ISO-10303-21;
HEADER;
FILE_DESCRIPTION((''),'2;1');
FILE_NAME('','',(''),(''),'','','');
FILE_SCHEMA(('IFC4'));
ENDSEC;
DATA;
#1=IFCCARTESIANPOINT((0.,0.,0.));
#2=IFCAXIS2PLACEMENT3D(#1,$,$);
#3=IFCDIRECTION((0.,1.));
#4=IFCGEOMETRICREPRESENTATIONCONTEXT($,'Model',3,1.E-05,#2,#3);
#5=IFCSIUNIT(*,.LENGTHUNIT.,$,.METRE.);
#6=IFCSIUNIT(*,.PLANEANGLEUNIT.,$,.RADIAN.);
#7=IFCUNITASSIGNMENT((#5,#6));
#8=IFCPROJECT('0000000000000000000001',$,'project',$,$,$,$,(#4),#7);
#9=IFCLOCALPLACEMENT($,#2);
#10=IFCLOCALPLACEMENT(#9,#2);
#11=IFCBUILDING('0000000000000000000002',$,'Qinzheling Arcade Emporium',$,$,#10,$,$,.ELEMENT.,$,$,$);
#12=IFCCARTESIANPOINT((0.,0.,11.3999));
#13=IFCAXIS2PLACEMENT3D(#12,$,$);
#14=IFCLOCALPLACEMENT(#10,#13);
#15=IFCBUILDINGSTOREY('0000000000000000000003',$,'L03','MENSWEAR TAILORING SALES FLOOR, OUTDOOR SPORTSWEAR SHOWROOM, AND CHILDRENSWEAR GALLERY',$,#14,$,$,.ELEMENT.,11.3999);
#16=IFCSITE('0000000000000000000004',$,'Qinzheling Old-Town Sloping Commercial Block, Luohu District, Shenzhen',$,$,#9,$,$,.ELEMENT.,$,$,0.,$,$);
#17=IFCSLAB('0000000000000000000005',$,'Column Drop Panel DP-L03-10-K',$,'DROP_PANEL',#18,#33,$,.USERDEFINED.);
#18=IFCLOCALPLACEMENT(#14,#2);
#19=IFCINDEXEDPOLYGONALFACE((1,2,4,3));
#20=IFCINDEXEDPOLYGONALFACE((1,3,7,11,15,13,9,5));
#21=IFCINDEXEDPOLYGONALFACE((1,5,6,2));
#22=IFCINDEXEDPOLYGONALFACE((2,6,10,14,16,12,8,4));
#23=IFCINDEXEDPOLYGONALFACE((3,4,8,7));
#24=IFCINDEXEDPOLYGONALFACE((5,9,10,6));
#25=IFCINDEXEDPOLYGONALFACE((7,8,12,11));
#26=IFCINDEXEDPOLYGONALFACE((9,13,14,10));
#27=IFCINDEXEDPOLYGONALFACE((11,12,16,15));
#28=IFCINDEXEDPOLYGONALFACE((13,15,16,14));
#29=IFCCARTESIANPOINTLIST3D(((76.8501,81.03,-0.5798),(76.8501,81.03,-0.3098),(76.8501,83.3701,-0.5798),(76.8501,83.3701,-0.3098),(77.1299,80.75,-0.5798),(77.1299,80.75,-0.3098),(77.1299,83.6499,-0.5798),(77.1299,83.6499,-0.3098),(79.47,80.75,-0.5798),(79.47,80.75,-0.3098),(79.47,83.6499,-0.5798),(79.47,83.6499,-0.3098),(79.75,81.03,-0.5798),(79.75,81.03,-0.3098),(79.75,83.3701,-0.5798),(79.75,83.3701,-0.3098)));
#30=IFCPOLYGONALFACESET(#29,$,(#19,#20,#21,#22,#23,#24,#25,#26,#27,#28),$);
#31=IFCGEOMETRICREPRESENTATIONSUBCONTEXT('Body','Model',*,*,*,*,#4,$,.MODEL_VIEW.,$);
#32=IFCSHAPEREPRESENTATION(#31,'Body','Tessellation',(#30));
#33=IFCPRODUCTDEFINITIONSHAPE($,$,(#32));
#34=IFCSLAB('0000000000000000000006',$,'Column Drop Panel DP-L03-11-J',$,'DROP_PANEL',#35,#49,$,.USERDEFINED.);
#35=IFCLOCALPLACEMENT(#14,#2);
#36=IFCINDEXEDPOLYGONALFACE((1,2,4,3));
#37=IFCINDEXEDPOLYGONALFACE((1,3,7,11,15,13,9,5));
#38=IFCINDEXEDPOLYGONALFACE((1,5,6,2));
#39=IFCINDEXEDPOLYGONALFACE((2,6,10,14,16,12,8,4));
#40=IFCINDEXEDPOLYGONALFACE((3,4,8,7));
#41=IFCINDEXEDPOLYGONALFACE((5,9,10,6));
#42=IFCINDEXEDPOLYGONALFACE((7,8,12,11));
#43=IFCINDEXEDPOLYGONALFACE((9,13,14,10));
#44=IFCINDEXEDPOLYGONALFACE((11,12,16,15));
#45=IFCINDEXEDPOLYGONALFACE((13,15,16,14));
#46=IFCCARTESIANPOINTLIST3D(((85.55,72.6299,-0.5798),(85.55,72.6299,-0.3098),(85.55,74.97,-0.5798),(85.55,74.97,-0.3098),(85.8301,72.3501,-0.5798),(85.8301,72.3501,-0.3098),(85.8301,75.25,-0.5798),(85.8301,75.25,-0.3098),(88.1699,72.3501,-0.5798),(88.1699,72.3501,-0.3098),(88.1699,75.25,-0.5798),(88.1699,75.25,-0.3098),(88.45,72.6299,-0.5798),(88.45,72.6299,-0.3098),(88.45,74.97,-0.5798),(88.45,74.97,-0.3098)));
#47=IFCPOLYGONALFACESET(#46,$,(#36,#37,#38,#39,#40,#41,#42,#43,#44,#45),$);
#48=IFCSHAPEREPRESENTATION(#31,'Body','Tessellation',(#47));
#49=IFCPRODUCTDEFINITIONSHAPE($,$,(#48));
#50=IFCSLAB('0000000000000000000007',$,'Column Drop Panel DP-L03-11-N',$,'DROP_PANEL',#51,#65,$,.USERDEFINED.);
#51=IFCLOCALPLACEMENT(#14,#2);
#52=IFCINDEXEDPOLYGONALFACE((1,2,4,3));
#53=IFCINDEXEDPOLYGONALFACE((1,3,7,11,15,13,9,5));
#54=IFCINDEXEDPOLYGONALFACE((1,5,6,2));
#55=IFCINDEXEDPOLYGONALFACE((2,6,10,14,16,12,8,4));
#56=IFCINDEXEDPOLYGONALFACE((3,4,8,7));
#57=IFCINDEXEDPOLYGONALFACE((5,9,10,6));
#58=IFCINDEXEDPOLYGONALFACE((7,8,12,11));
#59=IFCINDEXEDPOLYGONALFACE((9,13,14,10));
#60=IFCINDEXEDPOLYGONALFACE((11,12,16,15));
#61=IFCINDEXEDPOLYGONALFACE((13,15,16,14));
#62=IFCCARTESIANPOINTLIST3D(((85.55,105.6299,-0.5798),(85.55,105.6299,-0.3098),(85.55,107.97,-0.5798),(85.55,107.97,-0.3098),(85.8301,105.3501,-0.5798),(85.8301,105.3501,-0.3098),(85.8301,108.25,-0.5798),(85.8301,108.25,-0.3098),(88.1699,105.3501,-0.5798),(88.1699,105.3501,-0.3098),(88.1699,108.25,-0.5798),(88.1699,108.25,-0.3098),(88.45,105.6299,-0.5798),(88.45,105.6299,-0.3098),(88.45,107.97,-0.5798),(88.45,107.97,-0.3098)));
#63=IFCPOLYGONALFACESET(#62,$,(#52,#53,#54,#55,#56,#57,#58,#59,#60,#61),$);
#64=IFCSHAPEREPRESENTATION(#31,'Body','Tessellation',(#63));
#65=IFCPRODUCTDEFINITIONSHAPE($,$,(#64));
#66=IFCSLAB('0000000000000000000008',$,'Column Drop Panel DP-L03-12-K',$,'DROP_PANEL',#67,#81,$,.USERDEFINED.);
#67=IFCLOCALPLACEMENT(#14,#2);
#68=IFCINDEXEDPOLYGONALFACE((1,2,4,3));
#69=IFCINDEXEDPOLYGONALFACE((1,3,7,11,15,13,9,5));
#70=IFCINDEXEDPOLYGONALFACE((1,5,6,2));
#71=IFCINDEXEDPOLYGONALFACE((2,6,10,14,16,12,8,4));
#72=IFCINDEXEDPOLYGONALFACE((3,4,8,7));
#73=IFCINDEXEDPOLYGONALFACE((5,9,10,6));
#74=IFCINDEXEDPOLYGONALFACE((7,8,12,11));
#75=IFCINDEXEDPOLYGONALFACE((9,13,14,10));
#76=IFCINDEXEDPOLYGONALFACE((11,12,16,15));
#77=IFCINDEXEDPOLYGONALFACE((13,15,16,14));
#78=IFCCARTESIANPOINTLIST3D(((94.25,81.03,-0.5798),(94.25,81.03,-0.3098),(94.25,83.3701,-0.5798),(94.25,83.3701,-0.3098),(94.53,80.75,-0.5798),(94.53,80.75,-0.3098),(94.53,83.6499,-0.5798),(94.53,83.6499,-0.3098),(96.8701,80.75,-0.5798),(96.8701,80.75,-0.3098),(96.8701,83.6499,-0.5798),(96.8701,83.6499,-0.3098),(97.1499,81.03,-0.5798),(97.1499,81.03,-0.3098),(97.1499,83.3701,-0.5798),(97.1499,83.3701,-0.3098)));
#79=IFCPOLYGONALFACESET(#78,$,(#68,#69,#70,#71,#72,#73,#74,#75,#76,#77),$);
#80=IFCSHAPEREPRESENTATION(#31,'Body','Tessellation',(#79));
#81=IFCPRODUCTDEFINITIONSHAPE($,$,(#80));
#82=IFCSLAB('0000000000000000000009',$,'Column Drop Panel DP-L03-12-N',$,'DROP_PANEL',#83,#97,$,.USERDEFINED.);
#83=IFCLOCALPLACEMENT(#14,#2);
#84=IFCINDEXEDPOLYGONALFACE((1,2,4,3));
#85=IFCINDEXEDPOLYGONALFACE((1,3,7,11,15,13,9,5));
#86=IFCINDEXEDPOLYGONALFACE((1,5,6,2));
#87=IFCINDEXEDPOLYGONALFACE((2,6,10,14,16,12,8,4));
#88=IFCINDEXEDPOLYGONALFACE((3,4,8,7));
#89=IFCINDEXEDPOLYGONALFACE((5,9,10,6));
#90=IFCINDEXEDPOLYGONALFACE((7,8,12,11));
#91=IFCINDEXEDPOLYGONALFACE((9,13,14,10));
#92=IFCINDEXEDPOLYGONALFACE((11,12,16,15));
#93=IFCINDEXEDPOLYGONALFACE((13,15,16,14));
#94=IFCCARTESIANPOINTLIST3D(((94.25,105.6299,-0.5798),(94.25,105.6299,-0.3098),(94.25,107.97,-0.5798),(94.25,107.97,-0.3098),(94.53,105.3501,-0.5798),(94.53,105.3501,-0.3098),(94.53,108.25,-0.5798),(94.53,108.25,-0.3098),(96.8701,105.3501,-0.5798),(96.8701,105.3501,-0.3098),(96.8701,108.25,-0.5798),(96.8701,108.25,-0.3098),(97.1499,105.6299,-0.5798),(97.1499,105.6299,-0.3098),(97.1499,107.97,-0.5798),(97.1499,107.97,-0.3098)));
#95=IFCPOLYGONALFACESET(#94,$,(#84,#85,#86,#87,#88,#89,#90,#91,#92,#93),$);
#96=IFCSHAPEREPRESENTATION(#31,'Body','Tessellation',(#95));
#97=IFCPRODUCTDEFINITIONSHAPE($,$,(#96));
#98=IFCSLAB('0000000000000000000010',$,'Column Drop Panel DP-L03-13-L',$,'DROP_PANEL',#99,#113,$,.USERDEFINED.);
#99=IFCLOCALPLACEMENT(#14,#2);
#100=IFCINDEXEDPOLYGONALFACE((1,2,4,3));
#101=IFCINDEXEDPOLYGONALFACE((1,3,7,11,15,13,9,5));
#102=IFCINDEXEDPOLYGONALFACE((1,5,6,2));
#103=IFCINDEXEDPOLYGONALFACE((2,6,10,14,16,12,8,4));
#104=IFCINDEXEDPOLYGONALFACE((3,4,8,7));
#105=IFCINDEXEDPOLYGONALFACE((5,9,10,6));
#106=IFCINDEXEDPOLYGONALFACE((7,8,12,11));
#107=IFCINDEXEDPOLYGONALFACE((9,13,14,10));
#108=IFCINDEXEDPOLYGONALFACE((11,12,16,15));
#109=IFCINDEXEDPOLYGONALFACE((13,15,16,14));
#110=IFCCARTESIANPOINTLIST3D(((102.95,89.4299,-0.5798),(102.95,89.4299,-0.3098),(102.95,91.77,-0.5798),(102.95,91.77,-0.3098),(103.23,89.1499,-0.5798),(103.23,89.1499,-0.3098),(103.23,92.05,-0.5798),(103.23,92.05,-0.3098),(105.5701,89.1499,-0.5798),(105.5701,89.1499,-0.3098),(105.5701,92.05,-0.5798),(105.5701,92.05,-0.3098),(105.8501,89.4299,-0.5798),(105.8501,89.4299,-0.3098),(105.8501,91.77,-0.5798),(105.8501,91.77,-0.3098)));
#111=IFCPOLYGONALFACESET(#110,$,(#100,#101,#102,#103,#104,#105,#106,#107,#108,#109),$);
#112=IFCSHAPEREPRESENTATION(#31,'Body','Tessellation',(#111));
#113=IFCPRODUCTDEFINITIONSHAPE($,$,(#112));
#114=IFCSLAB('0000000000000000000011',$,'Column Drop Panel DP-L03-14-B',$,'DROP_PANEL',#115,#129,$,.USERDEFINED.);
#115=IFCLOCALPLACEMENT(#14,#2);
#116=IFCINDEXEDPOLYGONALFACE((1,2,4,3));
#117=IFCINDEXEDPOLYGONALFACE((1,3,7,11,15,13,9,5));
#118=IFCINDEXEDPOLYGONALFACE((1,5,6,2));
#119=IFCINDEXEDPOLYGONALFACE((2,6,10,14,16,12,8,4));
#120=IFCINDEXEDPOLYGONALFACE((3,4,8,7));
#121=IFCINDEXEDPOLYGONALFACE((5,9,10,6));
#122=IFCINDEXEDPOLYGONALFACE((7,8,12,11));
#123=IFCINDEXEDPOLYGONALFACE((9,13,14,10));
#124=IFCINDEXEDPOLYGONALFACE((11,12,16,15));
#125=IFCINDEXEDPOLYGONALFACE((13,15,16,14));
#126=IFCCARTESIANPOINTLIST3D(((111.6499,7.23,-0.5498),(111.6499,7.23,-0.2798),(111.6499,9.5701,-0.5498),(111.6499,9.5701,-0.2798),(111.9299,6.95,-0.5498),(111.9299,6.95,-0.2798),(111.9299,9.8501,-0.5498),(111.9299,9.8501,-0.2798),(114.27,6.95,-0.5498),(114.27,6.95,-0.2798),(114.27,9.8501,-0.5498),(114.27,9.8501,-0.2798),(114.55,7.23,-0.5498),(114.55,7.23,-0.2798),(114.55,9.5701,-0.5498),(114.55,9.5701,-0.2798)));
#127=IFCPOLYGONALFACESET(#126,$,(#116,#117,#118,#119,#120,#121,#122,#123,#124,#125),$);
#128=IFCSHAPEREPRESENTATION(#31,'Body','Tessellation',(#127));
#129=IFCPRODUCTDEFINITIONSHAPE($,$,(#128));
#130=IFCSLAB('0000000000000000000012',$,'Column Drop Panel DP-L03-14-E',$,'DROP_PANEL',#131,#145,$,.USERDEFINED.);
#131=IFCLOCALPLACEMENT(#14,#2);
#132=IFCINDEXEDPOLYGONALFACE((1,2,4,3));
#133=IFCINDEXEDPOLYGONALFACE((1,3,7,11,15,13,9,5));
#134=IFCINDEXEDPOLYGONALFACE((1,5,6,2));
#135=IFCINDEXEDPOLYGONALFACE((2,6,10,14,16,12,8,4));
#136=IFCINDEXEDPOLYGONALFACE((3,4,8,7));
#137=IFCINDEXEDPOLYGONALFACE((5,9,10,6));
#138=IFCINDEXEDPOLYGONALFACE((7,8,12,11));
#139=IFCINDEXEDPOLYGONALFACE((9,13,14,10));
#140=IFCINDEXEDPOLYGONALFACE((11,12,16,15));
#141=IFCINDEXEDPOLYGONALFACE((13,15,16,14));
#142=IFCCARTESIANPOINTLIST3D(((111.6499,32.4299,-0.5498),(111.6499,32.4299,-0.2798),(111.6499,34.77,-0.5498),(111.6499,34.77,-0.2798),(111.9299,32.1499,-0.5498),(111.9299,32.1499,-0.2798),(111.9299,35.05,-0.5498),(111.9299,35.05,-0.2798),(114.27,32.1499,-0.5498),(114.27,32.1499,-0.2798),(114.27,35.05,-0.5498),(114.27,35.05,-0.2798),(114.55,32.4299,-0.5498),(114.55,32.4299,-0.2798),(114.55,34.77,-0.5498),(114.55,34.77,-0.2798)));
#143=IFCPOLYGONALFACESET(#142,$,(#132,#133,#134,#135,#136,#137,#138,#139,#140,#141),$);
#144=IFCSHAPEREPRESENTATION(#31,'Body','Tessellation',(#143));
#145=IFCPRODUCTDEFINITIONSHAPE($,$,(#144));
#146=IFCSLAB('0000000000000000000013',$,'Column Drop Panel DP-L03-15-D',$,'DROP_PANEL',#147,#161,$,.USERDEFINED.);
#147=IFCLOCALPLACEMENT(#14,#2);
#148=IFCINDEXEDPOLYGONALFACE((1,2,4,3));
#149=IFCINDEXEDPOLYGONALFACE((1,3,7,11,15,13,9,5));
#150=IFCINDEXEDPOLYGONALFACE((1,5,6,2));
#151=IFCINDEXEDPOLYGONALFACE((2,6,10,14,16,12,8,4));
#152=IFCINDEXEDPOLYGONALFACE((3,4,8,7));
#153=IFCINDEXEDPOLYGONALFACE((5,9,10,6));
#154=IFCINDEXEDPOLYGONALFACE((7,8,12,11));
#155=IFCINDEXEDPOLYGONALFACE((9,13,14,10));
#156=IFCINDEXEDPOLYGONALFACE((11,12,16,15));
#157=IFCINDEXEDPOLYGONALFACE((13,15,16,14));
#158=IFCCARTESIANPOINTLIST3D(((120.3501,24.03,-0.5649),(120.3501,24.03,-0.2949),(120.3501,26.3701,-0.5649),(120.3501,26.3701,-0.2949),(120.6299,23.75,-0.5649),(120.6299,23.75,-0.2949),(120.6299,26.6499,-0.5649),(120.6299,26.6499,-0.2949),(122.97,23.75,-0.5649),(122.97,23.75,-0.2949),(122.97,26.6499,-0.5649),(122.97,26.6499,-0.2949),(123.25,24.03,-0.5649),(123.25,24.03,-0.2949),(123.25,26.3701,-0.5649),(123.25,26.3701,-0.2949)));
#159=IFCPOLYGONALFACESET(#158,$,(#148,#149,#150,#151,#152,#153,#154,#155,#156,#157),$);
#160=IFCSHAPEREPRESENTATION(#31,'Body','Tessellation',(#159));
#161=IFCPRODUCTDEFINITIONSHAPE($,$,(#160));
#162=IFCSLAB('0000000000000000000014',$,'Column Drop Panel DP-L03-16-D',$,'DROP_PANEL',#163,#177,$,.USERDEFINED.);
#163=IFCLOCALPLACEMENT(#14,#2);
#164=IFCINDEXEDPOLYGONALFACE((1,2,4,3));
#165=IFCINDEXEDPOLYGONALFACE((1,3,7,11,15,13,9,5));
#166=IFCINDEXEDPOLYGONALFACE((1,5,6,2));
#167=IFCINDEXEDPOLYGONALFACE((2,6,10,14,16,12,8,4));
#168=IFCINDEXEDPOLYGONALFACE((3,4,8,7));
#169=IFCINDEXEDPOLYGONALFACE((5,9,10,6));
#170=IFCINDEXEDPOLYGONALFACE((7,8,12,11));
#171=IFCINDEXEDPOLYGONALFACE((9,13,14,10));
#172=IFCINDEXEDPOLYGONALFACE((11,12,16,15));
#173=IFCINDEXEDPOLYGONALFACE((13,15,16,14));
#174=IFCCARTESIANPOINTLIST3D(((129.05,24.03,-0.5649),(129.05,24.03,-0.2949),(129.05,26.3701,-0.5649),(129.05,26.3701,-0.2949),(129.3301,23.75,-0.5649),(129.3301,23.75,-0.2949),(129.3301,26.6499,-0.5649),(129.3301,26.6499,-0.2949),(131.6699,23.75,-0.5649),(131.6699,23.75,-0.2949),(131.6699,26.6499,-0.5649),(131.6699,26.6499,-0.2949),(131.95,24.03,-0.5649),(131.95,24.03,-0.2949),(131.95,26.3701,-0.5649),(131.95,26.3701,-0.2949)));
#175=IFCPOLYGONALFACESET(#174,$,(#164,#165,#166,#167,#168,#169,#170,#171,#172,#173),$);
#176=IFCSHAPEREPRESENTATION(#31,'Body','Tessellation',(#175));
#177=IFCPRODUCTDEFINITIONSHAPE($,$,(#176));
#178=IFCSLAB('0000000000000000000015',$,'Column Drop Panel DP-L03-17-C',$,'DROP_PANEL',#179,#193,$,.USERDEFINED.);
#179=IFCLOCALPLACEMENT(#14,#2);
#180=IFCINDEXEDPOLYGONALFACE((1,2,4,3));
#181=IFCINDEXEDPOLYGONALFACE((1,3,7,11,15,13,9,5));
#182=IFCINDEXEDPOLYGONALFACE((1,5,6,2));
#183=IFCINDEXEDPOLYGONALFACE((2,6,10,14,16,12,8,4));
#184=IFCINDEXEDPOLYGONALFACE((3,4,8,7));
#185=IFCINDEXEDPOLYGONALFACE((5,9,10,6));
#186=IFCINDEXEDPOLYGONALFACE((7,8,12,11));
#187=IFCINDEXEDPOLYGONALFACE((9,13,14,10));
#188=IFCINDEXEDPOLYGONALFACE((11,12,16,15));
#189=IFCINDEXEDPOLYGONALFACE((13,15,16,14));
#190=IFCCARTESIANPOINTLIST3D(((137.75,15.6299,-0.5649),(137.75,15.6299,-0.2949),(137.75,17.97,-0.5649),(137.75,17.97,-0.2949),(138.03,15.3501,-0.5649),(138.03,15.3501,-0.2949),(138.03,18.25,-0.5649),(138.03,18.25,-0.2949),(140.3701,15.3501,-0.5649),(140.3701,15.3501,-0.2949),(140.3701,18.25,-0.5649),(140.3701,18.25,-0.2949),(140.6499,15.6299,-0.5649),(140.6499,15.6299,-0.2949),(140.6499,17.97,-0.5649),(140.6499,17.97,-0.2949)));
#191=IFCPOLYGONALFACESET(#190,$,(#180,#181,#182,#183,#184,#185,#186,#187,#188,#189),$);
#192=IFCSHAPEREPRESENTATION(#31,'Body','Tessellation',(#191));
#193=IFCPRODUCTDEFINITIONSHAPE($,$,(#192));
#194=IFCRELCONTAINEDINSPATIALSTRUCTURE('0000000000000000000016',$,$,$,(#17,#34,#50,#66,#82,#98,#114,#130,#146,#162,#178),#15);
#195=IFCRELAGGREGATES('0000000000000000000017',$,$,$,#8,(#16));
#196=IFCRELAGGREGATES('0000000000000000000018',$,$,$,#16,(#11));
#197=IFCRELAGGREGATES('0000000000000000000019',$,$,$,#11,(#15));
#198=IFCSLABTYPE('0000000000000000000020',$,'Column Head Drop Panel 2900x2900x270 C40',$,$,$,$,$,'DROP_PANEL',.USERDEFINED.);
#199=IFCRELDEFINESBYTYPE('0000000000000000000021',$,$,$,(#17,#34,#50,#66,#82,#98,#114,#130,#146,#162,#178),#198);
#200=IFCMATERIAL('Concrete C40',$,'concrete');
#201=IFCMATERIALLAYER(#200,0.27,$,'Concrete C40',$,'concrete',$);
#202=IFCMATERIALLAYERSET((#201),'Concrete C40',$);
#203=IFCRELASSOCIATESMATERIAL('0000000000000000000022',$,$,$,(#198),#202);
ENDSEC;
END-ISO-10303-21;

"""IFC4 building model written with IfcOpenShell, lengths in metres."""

from ifc_helpers import new_model, si_unit, direction, frame, origin, place, context, subcontext, project, spatial, polyline, outline, extrude, material, layer, layer_set, type_object, element, save


model = new_model("IFC4")

# Units and contexts
model_context = context("Model", 3, precision=1e-05, world=origin(), true_north=direction((0.0, 1.0)))
body_context = subcontext(model_context, "Body", "Model", "MODEL_VIEW")
ifc_project = project(units=[si_unit("LENGTHUNIT", "METRE"), si_unit("PLANEANGLEUNIT", "RADIAN")], contexts=[model_context])

# Site, building, storey
site_placement = place(None, origin())
site = spatial("IfcSite", under=ifc_project, at=site_placement, Name="Qinzheling Old-Town Sloping Commercial Block, Luohu District, Shenzhen", CompositionType="ELEMENT", RefElevation=0.0)
building_placement = place(site_placement, origin())
building = spatial("IfcBuilding", under=site, at=building_placement, Name="Qinzheling Arcade Emporium", CompositionType="ELEMENT")
storey_placement = place(building_placement, frame((0.0, 0.0, 11.3999)))
storey = spatial("IfcBuildingStorey", under=building, at=storey_placement, Name="L03", Description="MENSWEAR TAILORING SALES FLOOR, OUTDOOR SPORTSWEAR SHOWROOM, AND CHILDRENSWEAR GALLERY", CompositionType="ELEMENT", Elevation=11.3999)

# Slabs
ifc_material = material(Name="Concrete C40", Category="concrete")
ifc_layer_1 = layer(ifc_material, 0.27, Name="Concrete C40", Category="concrete")
ifc_layer_set_1 = layer_set([ifc_layer_1], Name="Concrete C40")
slab_type_1 = type_object("IfcSlabType", Name="Column Head Drop Panel 2900x2900x270 C40", ElementType="DROP_PANEL", PredefinedType="USERDEFINED", material=ifc_layer_set_1)
slab_1_placement = place(storey_placement, frame((0.0, 0.0, -0.5798)))
element("IfcSlab", 1, at=slab_1_placement, inside=storey, type_object=slab_type_1, Name="Column Drop Panel DP-L03-10-K", ObjectType="DROP_PANEL", PredefinedType="USERDEFINED", context=body_context, shape_type="SweptSolid", body=[
    extrude(outline(polyline([(77.1299, 80.75), (79.47, 80.75), (79.75, 81.03), (79.75, 83.3701), (79.47, 83.6499), (77.1299, 83.6499), (76.8501, 83.3701), (76.8501, 81.03), (77.1299, 80.75)])), origin(), (0.0, 0.0, 1.0), 0.27),
])
slab_2_placement = place(storey_placement, frame((0.0, 0.0, -0.5798)))
element("IfcSlab", 2, at=slab_2_placement, inside=storey, type_object=slab_type_1, Name="Column Drop Panel DP-L03-11-J", ObjectType="DROP_PANEL", PredefinedType="USERDEFINED", context=body_context, shape_type="SweptSolid", body=[
    extrude(outline(polyline([(85.8301, 72.3501), (88.1699, 72.3501), (88.45, 72.6299), (88.45, 74.97), (88.1699, 75.25), (85.8301, 75.25), (85.55, 74.97), (85.55, 72.6299), (85.8301, 72.3501)])), origin(), (0.0, 0.0, 1.0), 0.27),
])
slab_3_placement = place(storey_placement, frame((0.0, 0.0, -0.5798)))
element("IfcSlab", 3, at=slab_3_placement, inside=storey, type_object=slab_type_1, Name="Column Drop Panel DP-L03-11-N", ObjectType="DROP_PANEL", PredefinedType="USERDEFINED", context=body_context, shape_type="SweptSolid", body=[
    extrude(outline(polyline([(85.8301, 105.3501), (88.1699, 105.3501), (88.45, 105.6299), (88.45, 107.97), (88.1699, 108.25), (85.8301, 108.25), (85.55, 107.97), (85.55, 105.6299), (85.8301, 105.3501)])), origin(), (0.0, 0.0, 1.0), 0.27),
])
slab_4_placement = place(storey_placement, frame((0.0, 0.0, -0.5798)))
element("IfcSlab", 4, at=slab_4_placement, inside=storey, type_object=slab_type_1, Name="Column Drop Panel DP-L03-12-K", ObjectType="DROP_PANEL", PredefinedType="USERDEFINED", context=body_context, shape_type="SweptSolid", body=[
    extrude(outline(polyline([(94.53, 80.75), (96.8701, 80.75), (97.1499, 81.03), (97.1499, 83.3701), (96.8701, 83.6499), (94.53, 83.6499), (94.25, 83.3701), (94.25, 81.03), (94.53, 80.75)])), origin(), (0.0, 0.0, 1.0), 0.27),
])
slab_5_placement = place(storey_placement, frame((0.0, 0.0, -0.5798)))
element("IfcSlab", 5, at=slab_5_placement, inside=storey, type_object=slab_type_1, Name="Column Drop Panel DP-L03-12-N", ObjectType="DROP_PANEL", PredefinedType="USERDEFINED", context=body_context, shape_type="SweptSolid", body=[
    extrude(outline(polyline([(94.53, 105.3501), (96.8701, 105.3501), (97.1499, 105.6299), (97.1499, 107.97), (96.8701, 108.25), (94.53, 108.25), (94.25, 107.97), (94.25, 105.6299), (94.53, 105.3501)])), origin(), (0.0, 0.0, 1.0), 0.27),
])
slab_6_placement = place(storey_placement, frame((0.0, 0.0, -0.5798)))
element("IfcSlab", 6, at=slab_6_placement, inside=storey, type_object=slab_type_1, Name="Column Drop Panel DP-L03-13-L", ObjectType="DROP_PANEL", PredefinedType="USERDEFINED", context=body_context, shape_type="SweptSolid", body=[
    extrude(outline(polyline([(103.23, 89.1499), (105.5701, 89.1499), (105.8501, 89.4299), (105.8501, 91.77), (105.5701, 92.05), (103.23, 92.05), (102.95, 91.77), (102.95, 89.4299), (103.23, 89.1499)])), origin(), (0.0, 0.0, 1.0), 0.27),
])
slab_7_placement = place(storey_placement, frame((0.0, 0.0, -0.5498)))
element("IfcSlab", 7, at=slab_7_placement, inside=storey, type_object=slab_type_1, Name="Column Drop Panel DP-L03-14-B", ObjectType="DROP_PANEL", PredefinedType="USERDEFINED", context=body_context, shape_type="SweptSolid", body=[
    extrude(outline(polyline([(111.9299, 6.95), (114.27, 6.95), (114.55, 7.23), (114.55, 9.5701), (114.27, 9.8501), (111.9299, 9.8501), (111.6499, 9.5701), (111.6499, 7.23), (111.9299, 6.95)])), origin(), (0.0, 0.0, 1.0), 0.27),
])
slab_8_placement = place(storey_placement, frame((0.0, 0.0, -0.5498)))
element("IfcSlab", 8, at=slab_8_placement, inside=storey, type_object=slab_type_1, Name="Column Drop Panel DP-L03-14-E", ObjectType="DROP_PANEL", PredefinedType="USERDEFINED", context=body_context, shape_type="SweptSolid", body=[
    extrude(outline(polyline([(111.9299, 32.1499), (114.27, 32.1499), (114.55, 32.4299), (114.55, 34.77), (114.27, 35.05), (111.9299, 35.05), (111.6499, 34.77), (111.6499, 32.4299), (111.9299, 32.1499)])), origin(), (0.0, 0.0, 1.0), 0.27),
])
slab_9_placement = place(storey_placement, frame((0.0, 0.0, -0.5649)))
element("IfcSlab", 9, at=slab_9_placement, inside=storey, type_object=slab_type_1, Name="Column Drop Panel DP-L03-15-D", ObjectType="DROP_PANEL", PredefinedType="USERDEFINED", context=body_context, shape_type="SweptSolid", body=[
    extrude(outline(polyline([(120.6299, 23.75), (122.97, 23.75), (123.25, 24.03), (123.25, 26.3701), (122.97, 26.6499), (120.6299, 26.6499), (120.3501, 26.3701), (120.3501, 24.03), (120.6299, 23.75)])), origin(), (0.0, 0.0, 1.0), 0.27),
])
slab_10_placement = place(storey_placement, frame((0.0, 0.0, -0.5649)))
element("IfcSlab", 10, at=slab_10_placement, inside=storey, type_object=slab_type_1, Name="Column Drop Panel DP-L03-16-D", ObjectType="DROP_PANEL", PredefinedType="USERDEFINED", context=body_context, shape_type="SweptSolid", body=[
    extrude(outline(polyline([(129.3301, 23.75), (131.6699, 23.75), (131.95, 24.03), (131.95, 26.3701), (131.6699, 26.6499), (129.3301, 26.6499), (129.05, 26.3701), (129.05, 24.03), (129.3301, 23.75)])), origin(), (0.0, 0.0, 1.0), 0.27),
])
slab_11_placement = place(storey_placement, frame((0.0, 0.0, -0.5649)))
element("IfcSlab", 11, at=slab_11_placement, inside=storey, type_object=slab_type_1, Name="Column Drop Panel DP-L03-17-C", ObjectType="DROP_PANEL", PredefinedType="USERDEFINED", context=body_context, shape_type="SweptSolid", body=[
    extrude(outline(polyline([(138.03, 15.3501), (140.3701, 15.3501), (140.6499, 15.6299), (140.6499, 17.97), (140.3701, 18.25), (138.03, 18.25), (137.75, 17.97), (137.75, 15.6299), (138.03, 15.3501)])), origin(), (0.0, 0.0, 1.0), 0.27),
])

save(model, "model.ifc")
